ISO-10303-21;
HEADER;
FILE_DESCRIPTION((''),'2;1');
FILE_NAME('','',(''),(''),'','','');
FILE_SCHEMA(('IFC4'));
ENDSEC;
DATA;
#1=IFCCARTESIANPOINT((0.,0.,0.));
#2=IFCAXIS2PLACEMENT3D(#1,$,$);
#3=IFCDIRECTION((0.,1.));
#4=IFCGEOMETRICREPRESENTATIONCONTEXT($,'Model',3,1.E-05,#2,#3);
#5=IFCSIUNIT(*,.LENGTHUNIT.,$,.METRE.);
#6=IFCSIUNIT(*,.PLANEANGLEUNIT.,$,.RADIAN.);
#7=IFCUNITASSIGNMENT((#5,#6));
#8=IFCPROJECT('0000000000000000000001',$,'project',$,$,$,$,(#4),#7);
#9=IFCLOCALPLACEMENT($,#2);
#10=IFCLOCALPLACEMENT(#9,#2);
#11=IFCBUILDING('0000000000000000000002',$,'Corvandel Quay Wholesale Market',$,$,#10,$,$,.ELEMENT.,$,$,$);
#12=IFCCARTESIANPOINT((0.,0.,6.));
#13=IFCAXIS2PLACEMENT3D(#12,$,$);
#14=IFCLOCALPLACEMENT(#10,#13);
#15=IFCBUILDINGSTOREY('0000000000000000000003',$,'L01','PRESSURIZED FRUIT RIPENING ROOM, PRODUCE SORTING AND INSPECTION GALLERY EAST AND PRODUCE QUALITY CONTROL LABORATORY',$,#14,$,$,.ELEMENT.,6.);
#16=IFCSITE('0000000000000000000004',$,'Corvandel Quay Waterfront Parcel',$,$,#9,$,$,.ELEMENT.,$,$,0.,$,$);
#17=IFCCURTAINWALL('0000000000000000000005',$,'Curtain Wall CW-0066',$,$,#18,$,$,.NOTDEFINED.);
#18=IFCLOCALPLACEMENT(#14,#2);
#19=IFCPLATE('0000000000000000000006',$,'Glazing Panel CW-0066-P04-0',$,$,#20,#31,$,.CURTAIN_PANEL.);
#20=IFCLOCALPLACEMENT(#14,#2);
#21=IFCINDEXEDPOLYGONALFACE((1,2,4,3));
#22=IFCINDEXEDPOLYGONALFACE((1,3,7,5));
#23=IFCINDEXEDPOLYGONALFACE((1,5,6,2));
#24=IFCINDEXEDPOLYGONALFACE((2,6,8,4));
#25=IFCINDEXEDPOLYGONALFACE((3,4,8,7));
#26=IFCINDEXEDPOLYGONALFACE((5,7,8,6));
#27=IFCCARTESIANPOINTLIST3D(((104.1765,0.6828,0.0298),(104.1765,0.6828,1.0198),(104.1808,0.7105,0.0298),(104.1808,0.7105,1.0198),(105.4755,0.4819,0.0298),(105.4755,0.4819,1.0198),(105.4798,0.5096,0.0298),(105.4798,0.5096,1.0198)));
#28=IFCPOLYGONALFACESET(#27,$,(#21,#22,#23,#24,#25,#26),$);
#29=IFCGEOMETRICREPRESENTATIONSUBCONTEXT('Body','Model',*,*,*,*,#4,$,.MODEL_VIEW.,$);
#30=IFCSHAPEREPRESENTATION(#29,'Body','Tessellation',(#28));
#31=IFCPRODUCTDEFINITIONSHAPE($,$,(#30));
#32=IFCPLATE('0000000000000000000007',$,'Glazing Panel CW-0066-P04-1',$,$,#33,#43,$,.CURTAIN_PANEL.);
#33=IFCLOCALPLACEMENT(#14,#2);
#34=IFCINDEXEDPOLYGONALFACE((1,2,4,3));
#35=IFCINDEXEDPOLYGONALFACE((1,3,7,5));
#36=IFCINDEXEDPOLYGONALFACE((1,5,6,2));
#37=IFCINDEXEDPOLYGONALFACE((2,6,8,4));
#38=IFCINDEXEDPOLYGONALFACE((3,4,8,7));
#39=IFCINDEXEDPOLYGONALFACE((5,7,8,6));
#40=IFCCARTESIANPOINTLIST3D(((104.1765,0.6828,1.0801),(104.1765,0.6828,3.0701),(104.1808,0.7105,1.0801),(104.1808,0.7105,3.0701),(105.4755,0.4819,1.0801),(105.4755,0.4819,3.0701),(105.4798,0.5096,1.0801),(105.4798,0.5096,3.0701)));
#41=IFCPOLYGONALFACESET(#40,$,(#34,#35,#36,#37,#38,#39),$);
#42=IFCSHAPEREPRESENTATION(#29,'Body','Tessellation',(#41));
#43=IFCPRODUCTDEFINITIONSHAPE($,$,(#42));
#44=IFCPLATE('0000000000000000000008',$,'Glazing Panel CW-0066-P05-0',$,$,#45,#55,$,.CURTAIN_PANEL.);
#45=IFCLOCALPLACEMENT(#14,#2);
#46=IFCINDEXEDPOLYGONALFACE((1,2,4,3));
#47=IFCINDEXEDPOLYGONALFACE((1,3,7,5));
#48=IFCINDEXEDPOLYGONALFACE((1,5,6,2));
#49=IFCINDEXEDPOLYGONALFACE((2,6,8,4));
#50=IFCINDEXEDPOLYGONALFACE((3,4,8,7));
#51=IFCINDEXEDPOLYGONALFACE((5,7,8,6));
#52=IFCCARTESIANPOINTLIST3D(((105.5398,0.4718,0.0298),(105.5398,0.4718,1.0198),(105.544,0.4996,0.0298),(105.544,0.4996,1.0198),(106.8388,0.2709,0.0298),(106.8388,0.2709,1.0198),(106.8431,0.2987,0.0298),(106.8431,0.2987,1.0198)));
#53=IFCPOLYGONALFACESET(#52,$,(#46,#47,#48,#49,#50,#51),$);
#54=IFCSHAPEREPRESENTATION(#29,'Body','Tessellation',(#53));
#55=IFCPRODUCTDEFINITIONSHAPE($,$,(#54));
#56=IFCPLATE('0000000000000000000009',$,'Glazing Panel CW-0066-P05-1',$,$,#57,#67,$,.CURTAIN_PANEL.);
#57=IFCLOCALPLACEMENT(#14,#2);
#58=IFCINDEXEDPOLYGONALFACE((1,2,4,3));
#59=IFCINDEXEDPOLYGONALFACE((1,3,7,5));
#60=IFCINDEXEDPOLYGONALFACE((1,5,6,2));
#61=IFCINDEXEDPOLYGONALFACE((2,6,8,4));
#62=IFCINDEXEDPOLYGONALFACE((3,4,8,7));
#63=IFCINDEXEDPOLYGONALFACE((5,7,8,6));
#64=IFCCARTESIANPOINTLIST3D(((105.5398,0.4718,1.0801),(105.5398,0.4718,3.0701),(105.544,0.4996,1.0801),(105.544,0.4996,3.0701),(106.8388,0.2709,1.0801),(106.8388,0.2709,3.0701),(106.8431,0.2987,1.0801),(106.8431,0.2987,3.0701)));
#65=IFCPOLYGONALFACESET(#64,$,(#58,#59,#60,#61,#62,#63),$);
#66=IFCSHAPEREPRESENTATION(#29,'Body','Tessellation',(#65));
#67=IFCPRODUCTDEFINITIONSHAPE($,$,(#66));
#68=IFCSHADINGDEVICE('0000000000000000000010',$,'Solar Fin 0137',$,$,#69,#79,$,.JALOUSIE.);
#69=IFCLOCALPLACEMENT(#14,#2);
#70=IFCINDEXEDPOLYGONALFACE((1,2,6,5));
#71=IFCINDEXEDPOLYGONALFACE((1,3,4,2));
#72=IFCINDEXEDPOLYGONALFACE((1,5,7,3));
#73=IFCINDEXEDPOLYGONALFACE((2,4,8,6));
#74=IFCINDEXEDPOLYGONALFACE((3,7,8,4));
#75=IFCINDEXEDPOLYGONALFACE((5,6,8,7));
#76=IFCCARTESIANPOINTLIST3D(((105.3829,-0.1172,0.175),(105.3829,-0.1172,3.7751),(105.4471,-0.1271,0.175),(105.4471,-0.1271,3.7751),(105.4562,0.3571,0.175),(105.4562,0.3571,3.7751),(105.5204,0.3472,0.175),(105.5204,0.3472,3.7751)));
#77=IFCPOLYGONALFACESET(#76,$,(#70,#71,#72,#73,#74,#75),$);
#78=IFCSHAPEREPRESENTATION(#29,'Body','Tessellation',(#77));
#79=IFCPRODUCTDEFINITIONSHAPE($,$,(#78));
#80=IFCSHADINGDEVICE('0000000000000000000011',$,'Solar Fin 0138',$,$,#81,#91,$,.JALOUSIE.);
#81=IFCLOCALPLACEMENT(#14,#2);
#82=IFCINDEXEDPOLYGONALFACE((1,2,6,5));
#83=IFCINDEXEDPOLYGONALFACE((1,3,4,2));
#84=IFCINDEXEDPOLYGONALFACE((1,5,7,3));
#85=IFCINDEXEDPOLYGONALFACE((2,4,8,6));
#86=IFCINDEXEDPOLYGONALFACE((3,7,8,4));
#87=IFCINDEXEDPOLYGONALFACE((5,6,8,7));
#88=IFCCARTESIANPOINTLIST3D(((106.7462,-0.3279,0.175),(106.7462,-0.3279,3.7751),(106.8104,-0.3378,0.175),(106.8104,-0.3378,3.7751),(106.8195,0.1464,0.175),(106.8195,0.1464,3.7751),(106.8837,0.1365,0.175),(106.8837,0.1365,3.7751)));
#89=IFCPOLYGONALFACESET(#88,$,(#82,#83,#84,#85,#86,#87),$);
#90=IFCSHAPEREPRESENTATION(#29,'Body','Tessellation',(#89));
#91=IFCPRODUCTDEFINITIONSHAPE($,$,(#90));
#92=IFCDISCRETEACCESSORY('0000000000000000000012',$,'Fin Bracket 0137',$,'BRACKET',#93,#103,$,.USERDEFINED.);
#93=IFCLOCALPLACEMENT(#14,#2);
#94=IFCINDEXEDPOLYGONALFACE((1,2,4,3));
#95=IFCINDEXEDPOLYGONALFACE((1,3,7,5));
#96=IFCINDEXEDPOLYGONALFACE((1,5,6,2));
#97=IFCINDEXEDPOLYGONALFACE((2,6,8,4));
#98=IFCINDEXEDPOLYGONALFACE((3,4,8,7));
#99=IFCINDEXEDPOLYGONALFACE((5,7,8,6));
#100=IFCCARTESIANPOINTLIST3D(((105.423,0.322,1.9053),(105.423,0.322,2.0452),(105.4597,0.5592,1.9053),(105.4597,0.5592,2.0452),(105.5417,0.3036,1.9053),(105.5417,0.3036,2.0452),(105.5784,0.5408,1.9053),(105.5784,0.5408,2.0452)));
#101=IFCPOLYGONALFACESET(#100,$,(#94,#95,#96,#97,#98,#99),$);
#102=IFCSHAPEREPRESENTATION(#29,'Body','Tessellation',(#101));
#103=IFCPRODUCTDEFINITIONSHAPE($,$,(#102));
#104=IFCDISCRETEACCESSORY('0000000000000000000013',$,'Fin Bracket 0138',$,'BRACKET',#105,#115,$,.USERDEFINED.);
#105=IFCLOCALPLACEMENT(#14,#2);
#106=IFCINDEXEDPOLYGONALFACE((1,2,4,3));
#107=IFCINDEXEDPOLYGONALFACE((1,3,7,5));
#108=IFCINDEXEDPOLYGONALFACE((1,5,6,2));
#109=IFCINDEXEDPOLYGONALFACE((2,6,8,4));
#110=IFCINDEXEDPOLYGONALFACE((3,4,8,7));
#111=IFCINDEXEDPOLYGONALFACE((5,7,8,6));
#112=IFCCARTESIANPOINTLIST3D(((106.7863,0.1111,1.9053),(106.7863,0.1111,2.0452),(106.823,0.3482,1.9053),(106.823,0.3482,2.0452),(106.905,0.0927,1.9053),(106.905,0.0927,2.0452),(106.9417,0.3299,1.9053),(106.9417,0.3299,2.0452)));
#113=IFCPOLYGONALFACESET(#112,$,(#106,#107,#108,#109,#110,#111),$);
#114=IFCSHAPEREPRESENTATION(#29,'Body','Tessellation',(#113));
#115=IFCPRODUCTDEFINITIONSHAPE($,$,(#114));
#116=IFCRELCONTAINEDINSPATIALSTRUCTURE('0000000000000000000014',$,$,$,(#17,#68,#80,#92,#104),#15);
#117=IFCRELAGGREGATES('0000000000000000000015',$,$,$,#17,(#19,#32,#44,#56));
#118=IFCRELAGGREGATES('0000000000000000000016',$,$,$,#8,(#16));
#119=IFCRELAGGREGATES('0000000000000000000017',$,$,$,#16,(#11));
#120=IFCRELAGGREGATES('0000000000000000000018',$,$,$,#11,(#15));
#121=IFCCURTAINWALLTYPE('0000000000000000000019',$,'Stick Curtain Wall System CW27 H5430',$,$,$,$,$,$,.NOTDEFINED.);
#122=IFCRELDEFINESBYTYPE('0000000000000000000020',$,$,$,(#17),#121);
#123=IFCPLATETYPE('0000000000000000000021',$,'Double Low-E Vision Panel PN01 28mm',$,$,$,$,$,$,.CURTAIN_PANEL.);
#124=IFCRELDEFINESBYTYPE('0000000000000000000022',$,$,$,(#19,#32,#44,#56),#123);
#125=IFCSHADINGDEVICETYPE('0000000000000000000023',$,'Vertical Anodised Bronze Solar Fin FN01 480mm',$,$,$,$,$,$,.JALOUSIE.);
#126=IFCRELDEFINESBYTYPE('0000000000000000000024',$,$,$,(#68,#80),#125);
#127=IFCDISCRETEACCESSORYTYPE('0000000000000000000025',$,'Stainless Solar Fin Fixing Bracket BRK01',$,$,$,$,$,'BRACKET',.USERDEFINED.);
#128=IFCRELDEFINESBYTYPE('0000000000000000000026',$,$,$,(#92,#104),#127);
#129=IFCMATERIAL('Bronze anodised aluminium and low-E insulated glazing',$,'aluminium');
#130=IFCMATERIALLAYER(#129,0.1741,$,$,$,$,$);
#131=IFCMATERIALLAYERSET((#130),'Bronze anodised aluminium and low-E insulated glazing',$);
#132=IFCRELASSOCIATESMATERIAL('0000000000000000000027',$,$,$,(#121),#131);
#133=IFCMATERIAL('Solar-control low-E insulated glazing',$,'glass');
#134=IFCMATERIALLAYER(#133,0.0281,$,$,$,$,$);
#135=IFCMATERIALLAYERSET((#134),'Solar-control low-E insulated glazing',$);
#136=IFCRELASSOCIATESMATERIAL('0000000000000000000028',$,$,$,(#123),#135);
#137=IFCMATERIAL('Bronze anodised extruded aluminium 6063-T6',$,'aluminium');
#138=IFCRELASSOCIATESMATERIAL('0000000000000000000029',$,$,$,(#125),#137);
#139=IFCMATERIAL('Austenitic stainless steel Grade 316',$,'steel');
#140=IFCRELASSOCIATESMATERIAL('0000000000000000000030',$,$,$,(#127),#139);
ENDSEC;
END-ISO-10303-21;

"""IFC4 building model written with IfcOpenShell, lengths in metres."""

from ifc_helpers import new_model, si_unit, direction, frame, origin, origin_2d, place, context, subcontext, project, spatial, rectangle, extrude, material, layer, layer_set, type_object, element, aggregate, save


model = new_model("IFC4")

# Units and contexts
model_context = context("Model", 3, precision=1e-05, world=origin(), true_north=direction((0.0, 1.0)))
body_context = subcontext(model_context, "Body", "Model", "MODEL_VIEW")
ifc_project = project(units=[si_unit("LENGTHUNIT", "METRE"), si_unit("PLANEANGLEUNIT", "RADIAN")], contexts=[model_context])

# Site, building, storey
site_placement = place(None, origin())
site = spatial("IfcSite", under=ifc_project, at=site_placement, Name="Corvandel Quay Waterfront Parcel", CompositionType="ELEMENT", RefElevation=0.0)
building_placement = place(site_placement, origin())
building = spatial("IfcBuilding", under=site, at=building_placement, Name="Corvandel Quay Wholesale Market", CompositionType="ELEMENT")
storey_placement = place(building_placement, frame((0.0, 0.0, 6.0)))
storey = spatial("IfcBuildingStorey", under=building, at=storey_placement, Name="L01", Description="PRESSURIZED FRUIT RIPENING ROOM, PRODUCE SORTING AND INSPECTION GALLERY EAST AND PRODUCE QUALITY CONTROL LABORATORY", CompositionType="ELEMENT", Elevation=6.0)

# Curtain wall, plates
ifc_material_1 = material(Name="Bronze anodised aluminium and low-E insulated glazing", Category="aluminium")
ifc_layer_1 = layer(ifc_material_1, 0.1741)
ifc_layer_set_1 = layer_set([ifc_layer_1], Name="Bronze anodised aluminium and low-E insulated glazing")
curtain_wall_type = type_object("IfcCurtainWallType", Name="Stick Curtain Wall System CW27 H5430", PredefinedType="NOTDEFINED", material=ifc_layer_set_1)
curtain_wall_placement = place(storey_placement, origin())
curtain_wall = element("IfcCurtainWall", 1, at=curtain_wall_placement, inside=storey, type_object=curtain_wall_type, Name="Curtain Wall CW-0066", PredefinedType="NOTDEFINED")
ifc_material_2 = material(Name="Solar-control low-E insulated glazing", Category="glass")
ifc_layer_2 = layer(ifc_material_2, 0.0281)
ifc_layer_set_2 = layer_set([ifc_layer_2], Name="Solar-control low-E insulated glazing")
plate_type_1 = type_object("IfcPlateType", Name="Double Low-E Vision Panel PN01 28mm", PredefinedType="CURTAIN_PANEL", material=ifc_layer_set_2)
plate_1_placement = place(storey_placement, frame((104.8281, 0.5962, 0.0298), z_axis=(0.0, 0.0, 1.0), x_axis=(-0.988255, 0.152813, 0.0)))
plate_1 = element("IfcPlate", 2, at=plate_1_placement, type_object=plate_type_1, Name="Glazing Panel CW-0066-P04-0", PredefinedType="CURTAIN_PANEL", context=body_context, shape_type="SweptSolid", body=[
    extrude(rectangle(XDim=1.3145, YDim=0.0281, at=origin_2d()), origin(), (0.0, 0.0, 1.0), 0.99),
])
plate_2_placement = place(storey_placement, frame((104.8281, 0.5962, 1.0801), z_axis=(0.0, 0.0, 1.0), x_axis=(-0.988255, 0.152813, 0.0)))
plate_2 = element("IfcPlate", 3, at=plate_2_placement, type_object=plate_type_1, Name="Glazing Panel CW-0066-P04-1", PredefinedType="CURTAIN_PANEL", context=body_context, shape_type="SweptSolid", body=[
    extrude(rectangle(XDim=1.3145, YDim=0.0281, at=origin_2d()), origin(), (0.0, 0.0, 1.0), 1.99),
])
plate_3_placement = place(storey_placement, frame((106.1914, 0.3853, 0.0298), z_axis=(0.0, 0.0, 1.0), x_axis=(-0.988255, 0.152813, 0.0)))
plate_3 = element("IfcPlate", 4, at=plate_3_placement, type_object=plate_type_1, Name="Glazing Panel CW-0066-P05-0", PredefinedType="CURTAIN_PANEL", context=body_context, shape_type="SweptSolid", body=[
    extrude(rectangle(XDim=1.3145, YDim=0.0281, at=origin_2d()), origin(), (0.0, 0.0, 1.0), 0.99),
])
plate_4_placement = place(storey_placement, frame((106.1914, 0.3853, 1.0801), z_axis=(0.0, 0.0, 1.0), x_axis=(-0.988255, 0.152813, 0.0)))
plate_4 = element("IfcPlate", 5, at=plate_4_placement, type_object=plate_type_1, Name="Glazing Panel CW-0066-P05-1", PredefinedType="CURTAIN_PANEL", context=body_context, shape_type="SweptSolid", body=[
    extrude(rectangle(XDim=1.3145, YDim=0.0281, at=origin_2d()), origin(), (0.0, 0.0, 1.0), 1.99),
])
aggregate(curtain_wall, [plate_1, plate_2, plate_3, plate_4])

# Shading devices
ifc_material_3 = material(Name="Bronze anodised extruded aluminium 6063-T6", Category="aluminium")
shading_device_type = type_object("IfcShadingDeviceType", Name="Vertical Anodised Bronze Solar Fin FN01 480mm", PredefinedType="JALOUSIE", material=ifc_material_3)
for number, where, z_axis, x_axis, name in (
    (6, (105.4517, 0.115, 0.175), (0.0, 0.0, 1.0), (0.152813, 0.988255, 0.0), "Solar Fin 0137"),
    (7, (106.8149, -0.0957, 0.175), (0.0, 0.0, 1.0), (0.152813, 0.988255, 0.0), "Solar Fin 0138"),
):
    element("IfcShadingDevice", number, at=place(storey_placement, frame(where, z_axis=z_axis, x_axis=x_axis)), inside=storey, type_object=shading_device_type, Name=name, PredefinedType="JALOUSIE", context=body_context, shape_type="SweptSolid", body=[
        extrude(rectangle(XDim=0.48, YDim=0.0649, at=origin_2d()), origin(), (0.0, 0.0, 1.0), 3.6001),
    ])

# Discrete accessories
ifc_material_4 = material(Name="Austenitic stainless steel Grade 316", Category="steel")
discrete_accessory_type = type_object("IfcDiscreteAccessoryType", Name="Stainless Solar Fin Fixing Bracket BRK01", ElementType="BRACKET", PredefinedType="USERDEFINED", material=ifc_material_4)
for number, where, z_axis, x_axis, name in (
    (8, (105.5007, 0.4314, 1.9053), (0.0, 0.0, 1.0), (0.152813, 0.988255, 0.0), "Fin Bracket 0137"),
    (9, (106.864, 0.2205, 1.9053), (0.0, 0.0, 1.0), (0.152813, 0.988255, 0.0), "Fin Bracket 0138"),
):
    element("IfcDiscreteAccessory", number, at=place(storey_placement, frame(where, z_axis=z_axis, x_axis=x_axis)), inside=storey, type_object=discrete_accessory_type, Name=name, ObjectType="BRACKET", PredefinedType="USERDEFINED", context=body_context, shape_type="SweptSolid", body=[
        extrude(rectangle(XDim=0.24, YDim=0.1201, at=origin_2d()), origin(), (0.0, 0.0, 1.0), 0.1399),
    ])

save(model, "model.ifc")
